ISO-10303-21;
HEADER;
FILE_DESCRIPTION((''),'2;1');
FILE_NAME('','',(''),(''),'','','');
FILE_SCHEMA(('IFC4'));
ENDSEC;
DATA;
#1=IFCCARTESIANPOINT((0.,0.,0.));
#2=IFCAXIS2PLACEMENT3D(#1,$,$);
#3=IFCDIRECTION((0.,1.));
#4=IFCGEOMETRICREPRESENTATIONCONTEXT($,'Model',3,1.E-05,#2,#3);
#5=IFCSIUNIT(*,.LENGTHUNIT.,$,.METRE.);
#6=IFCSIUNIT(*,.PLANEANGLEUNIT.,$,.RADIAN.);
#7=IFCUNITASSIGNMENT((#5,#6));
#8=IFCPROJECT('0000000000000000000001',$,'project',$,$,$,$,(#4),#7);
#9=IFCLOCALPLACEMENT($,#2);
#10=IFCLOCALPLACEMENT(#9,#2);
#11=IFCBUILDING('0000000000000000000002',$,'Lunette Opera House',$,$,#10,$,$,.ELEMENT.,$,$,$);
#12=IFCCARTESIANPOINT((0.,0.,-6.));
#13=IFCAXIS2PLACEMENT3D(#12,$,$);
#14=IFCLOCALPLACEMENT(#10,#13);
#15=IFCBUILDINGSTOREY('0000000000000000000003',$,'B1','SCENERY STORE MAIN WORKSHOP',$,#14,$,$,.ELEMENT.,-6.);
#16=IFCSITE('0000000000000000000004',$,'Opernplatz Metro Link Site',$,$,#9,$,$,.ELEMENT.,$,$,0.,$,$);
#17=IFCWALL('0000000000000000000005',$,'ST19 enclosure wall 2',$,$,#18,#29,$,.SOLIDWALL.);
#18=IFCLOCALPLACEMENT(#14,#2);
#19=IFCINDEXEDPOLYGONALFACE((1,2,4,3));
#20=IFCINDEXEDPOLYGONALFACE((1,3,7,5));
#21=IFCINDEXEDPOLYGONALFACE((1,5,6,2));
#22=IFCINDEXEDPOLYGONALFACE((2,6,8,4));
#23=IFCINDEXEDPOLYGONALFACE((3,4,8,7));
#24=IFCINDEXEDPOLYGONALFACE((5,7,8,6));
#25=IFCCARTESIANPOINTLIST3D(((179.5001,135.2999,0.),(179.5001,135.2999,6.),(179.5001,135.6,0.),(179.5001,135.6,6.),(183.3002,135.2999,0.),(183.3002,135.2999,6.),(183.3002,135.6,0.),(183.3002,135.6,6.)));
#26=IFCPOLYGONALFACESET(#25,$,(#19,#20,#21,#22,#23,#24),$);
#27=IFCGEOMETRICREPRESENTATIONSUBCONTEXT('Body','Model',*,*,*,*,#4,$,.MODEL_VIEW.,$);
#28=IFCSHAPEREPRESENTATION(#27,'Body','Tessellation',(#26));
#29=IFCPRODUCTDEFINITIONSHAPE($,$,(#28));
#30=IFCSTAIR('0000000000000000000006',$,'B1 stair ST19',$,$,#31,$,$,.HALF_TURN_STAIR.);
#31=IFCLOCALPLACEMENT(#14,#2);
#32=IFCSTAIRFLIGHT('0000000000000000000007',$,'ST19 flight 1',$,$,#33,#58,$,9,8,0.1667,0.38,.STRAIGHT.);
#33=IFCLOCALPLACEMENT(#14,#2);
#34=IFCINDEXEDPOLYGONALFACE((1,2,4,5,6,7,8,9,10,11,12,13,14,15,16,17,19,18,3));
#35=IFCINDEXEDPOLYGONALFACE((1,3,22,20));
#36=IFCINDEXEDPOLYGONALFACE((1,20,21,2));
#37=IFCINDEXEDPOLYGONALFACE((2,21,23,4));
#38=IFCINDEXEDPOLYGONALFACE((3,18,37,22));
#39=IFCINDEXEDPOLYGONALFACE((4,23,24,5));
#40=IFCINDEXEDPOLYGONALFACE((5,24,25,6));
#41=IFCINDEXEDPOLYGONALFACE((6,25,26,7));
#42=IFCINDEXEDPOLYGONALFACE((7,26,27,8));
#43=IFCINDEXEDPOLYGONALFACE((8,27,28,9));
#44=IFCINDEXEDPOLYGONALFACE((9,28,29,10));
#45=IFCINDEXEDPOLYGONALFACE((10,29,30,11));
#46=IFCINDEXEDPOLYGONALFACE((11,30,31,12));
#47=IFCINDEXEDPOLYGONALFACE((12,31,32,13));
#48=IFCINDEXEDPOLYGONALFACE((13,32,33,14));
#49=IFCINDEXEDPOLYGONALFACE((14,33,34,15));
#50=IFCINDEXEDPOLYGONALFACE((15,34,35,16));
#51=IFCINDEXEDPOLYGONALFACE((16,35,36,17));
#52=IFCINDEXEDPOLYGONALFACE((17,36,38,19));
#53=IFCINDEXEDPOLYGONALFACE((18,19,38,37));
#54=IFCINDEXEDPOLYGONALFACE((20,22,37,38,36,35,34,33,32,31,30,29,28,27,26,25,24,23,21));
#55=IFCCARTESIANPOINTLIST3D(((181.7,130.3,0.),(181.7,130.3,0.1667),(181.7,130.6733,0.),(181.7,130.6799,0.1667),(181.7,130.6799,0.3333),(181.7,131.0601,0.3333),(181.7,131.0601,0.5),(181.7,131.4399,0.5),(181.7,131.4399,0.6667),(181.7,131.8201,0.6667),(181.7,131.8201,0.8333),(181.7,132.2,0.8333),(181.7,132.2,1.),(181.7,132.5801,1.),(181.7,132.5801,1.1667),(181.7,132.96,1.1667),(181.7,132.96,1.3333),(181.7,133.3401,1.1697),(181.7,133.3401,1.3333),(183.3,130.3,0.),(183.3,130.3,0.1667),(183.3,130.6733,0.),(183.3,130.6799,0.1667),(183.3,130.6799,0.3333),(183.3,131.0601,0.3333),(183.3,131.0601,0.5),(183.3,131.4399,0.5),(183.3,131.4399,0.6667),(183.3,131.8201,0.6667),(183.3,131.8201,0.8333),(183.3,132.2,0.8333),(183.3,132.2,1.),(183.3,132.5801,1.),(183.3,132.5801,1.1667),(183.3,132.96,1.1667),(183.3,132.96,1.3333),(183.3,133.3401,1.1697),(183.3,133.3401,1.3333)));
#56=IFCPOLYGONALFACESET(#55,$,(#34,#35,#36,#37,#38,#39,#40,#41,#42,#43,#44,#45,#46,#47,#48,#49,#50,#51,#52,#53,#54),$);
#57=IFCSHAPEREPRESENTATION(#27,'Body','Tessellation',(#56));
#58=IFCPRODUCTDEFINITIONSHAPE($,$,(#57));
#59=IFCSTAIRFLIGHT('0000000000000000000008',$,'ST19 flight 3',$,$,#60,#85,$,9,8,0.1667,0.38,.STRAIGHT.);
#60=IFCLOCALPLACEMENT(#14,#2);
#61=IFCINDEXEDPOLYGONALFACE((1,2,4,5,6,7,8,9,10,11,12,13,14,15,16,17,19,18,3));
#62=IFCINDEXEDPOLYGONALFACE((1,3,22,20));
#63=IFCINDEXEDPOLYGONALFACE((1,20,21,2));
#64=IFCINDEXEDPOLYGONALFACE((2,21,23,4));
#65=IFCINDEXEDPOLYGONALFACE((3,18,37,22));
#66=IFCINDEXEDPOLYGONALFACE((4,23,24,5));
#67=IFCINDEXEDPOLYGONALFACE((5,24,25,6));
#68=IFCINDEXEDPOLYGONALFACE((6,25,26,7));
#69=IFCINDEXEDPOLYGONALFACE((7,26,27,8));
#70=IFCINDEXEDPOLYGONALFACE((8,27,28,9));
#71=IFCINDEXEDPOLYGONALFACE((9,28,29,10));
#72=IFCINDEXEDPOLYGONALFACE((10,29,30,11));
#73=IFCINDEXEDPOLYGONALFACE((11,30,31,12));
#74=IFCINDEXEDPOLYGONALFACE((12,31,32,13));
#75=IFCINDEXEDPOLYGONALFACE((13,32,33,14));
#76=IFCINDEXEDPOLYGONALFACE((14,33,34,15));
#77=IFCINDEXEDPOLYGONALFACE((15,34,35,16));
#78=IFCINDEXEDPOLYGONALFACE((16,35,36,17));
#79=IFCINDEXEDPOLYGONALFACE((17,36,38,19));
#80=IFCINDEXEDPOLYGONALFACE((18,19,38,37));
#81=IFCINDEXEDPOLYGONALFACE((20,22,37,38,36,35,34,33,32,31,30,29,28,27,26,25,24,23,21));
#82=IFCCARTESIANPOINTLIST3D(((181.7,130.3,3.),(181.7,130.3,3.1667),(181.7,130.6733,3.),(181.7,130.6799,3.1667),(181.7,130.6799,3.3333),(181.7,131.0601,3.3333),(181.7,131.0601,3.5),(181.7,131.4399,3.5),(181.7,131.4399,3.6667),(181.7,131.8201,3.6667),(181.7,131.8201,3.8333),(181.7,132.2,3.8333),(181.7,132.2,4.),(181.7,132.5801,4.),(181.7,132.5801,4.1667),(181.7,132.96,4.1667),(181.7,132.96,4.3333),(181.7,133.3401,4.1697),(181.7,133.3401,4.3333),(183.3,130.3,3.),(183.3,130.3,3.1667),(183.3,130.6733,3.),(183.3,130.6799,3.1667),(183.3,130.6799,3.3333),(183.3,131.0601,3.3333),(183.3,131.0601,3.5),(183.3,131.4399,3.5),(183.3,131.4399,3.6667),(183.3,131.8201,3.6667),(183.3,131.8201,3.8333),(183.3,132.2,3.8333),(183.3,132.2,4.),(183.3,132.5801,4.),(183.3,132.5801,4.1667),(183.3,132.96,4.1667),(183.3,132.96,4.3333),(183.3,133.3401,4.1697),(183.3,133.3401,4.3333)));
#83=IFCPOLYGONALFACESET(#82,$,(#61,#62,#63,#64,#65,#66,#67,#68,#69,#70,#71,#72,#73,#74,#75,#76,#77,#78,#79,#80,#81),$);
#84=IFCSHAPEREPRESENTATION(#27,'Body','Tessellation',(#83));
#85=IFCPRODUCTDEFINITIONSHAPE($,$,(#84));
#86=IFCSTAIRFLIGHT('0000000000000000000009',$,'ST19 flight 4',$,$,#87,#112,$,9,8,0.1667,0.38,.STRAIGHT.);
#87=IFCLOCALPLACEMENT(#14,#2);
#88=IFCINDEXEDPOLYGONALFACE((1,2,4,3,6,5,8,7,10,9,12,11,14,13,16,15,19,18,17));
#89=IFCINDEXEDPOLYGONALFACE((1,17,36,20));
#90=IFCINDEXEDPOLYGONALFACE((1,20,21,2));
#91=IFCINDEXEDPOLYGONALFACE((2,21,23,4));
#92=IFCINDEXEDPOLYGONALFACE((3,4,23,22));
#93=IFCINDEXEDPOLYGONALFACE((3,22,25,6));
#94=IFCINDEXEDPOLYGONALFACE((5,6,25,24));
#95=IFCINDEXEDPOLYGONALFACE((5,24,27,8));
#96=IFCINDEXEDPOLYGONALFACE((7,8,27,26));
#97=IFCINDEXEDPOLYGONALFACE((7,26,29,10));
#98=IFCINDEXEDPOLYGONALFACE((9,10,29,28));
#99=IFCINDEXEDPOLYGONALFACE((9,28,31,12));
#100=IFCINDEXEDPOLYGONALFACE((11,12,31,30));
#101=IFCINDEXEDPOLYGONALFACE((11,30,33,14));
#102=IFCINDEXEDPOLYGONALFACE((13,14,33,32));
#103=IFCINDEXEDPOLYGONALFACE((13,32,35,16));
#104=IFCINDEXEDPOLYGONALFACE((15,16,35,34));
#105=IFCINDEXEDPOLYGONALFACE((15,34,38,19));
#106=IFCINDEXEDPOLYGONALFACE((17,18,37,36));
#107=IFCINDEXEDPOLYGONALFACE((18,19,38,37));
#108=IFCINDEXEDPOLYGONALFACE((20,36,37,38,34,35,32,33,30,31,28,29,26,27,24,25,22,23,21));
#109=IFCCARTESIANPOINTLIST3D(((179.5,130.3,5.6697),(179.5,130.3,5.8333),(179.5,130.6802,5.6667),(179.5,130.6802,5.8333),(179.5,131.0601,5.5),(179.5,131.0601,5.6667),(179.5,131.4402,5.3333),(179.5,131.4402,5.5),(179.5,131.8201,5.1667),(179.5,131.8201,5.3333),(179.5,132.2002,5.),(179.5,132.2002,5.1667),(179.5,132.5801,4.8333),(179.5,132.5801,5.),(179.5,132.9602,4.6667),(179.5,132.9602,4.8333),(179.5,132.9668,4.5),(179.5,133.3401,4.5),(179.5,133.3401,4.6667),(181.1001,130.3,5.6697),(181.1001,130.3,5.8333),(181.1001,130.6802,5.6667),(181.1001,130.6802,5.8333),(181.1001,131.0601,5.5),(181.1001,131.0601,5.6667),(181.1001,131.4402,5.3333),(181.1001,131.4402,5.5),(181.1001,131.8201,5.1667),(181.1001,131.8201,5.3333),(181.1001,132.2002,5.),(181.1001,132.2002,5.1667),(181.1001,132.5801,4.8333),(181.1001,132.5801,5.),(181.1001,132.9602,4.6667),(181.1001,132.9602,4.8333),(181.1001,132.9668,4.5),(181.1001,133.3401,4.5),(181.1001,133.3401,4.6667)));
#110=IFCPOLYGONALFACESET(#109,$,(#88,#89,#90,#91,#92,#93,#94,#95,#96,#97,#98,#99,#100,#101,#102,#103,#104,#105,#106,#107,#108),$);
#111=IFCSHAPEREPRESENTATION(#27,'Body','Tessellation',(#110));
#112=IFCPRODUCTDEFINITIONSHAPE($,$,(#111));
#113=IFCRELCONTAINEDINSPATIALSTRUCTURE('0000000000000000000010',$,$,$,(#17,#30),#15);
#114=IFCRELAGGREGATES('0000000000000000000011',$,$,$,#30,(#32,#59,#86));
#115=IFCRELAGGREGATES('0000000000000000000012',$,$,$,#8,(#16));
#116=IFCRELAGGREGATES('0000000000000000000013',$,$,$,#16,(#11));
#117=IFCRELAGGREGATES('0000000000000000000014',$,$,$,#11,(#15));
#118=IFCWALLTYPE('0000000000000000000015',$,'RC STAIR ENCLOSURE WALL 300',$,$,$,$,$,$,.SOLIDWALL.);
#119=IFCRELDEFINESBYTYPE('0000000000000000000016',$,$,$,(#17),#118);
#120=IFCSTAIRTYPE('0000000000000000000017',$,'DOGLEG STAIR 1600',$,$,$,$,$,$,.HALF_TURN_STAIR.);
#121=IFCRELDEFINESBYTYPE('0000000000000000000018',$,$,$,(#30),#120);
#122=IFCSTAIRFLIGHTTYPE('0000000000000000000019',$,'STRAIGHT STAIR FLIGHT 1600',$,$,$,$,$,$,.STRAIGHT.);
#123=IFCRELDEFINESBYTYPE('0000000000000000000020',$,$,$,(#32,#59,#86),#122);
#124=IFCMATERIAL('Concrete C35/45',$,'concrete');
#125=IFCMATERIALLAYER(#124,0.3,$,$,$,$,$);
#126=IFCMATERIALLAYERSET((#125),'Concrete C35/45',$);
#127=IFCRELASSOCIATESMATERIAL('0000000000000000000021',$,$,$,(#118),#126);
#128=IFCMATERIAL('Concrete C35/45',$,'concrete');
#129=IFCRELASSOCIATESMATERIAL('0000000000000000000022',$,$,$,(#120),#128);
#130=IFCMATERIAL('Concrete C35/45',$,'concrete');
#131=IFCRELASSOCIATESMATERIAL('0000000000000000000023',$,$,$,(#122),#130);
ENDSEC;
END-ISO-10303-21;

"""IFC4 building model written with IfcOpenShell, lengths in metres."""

from ifc_helpers import new_model, si_unit, direction, frame, frame_2d, origin, place, context, subcontext, project, spatial, polyline, rectangle, outline, extrude, material, layer, layer_set, type_object, element, aggregate, save


model = new_model("IFC4")

# Units and contexts
model_context = context("Model", 3, precision=1e-05, world=origin(), true_north=direction((0.0, 1.0)))
body_context = subcontext(model_context, "Body", "Model", "MODEL_VIEW")
ifc_project = project(units=[si_unit("LENGTHUNIT", "METRE"), si_unit("PLANEANGLEUNIT", "RADIAN")], contexts=[model_context])

# Site, building, storey
site_placement = place(None, origin())
site = spatial("IfcSite", under=ifc_project, at=site_placement, Name="Opernplatz Metro Link Site", CompositionType="ELEMENT", RefElevation=0.0)
building_placement = place(site_placement, origin())
building = spatial("IfcBuilding", under=site, at=building_placement, Name="Lunette Opera House", CompositionType="ELEMENT")
storey_placement = place(building_placement, frame((0.0, 0.0, -6.0)))
storey = spatial("IfcBuildingStorey", under=building, at=storey_placement, Name="B1", Description="SCENERY STORE MAIN WORKSHOP", CompositionType="ELEMENT", Elevation=-6.0)

# Wall
ifc_material_1 = material(Name="Concrete C35/45", Category="concrete")
ifc_layer = layer(ifc_material_1, 0.3)
ifc_layer_set = layer_set([ifc_layer], Name="Concrete C35/45")
wall_type = type_object("IfcWallType", Name="RC STAIR ENCLOSURE WALL 300", PredefinedType="SOLIDWALL", material=ifc_layer_set)
wall_1_placement = place(storey_placement, frame((183.3, 135.45, 0.0), z_axis=(0.0, 0.0, 1.0), x_axis=(-1.0, 0.0, 0.0)))
element("IfcWall", 1, at=wall_1_placement, inside=storey, type_object=wall_type, Name="ST19 enclosure wall 2", PredefinedType="SOLIDWALL", context=body_context, shape_type="SweptSolid", body=[
    extrude(rectangle(XDim=3.8, YDim=0.3, at=frame_2d((1.8999, 0.0))), origin(), (0.0, 0.0, 1.0), 6.0),
])

# Stair, stair flights
ifc_material_2 = material(Name="Concrete C35/45", Category="concrete")
stair_type = type_object("IfcStairType", Name="DOGLEG STAIR 1600", PredefinedType="HALF_TURN_STAIR", material=ifc_material_2)
stair_placement = place(storey_placement, origin())
stair = element("IfcStair", 2, at=stair_placement, inside=storey, type_object=stair_type, Name="B1 stair ST19", PredefinedType="HALF_TURN_STAIR")
ifc_material_3 = material(Name="Concrete C35/45", Category="concrete")
stair_flight_type = type_object("IfcStairFlightType", Name="STRAIGHT STAIR FLIGHT 1600", PredefinedType="STRAIGHT", material=ifc_material_3)
stair_flight_1_placement = place(storey_placement, frame((182.5, 130.3, 0.0), z_axis=(0.0, 0.0, 1.0), x_axis=(0.0, 1.0, 0.0)))
stair_flight_1 = element("IfcStairFlight", 3, at=stair_flight_1_placement, type_object=stair_flight_type, Name="ST19 flight 1", NumberOfRisers=9, NumberOfTreads=8, PredefinedType="STRAIGHT", RiserHeight=0.1667, TreadLength=0.38, context=body_context, shape_type="SweptSolid", body=[
    extrude(outline(polyline([(0.0, 0.0), (0.0, 0.1667), (0.3799, 0.1667), (0.3799, 0.3333), (0.76, 0.3333), (0.76, 0.5), (1.1399, 0.5), (1.1399, 0.6667), (1.52, 0.6667), (1.52, 0.8333), (1.8999, 0.8333), (1.8999, 1.0), (2.28, 1.0), (2.28, 1.1667), (2.6599, 1.1667), (2.6599, 1.3333), (3.04, 1.3333), (3.04, 1.5), (3.04, 1.1697), (0.3733, 0.0), (0.0, 0.0)])), frame((0.0, 0.8, 0.0), z_axis=(0.0, -1.0, 0.0), x_axis=(1.0, 0.0, 0.0)), (0.0, 0.0, 1.0), 1.6001),
])
stair_flight_2_placement = place(storey_placement, frame((182.5, 130.3, 3.0), z_axis=(0.0, 0.0, 1.0), x_axis=(0.0, 1.0, 0.0)))
stair_flight_2 = element("IfcStairFlight", 4, at=stair_flight_2_placement, type_object=stair_flight_type, Name="ST19 flight 3", NumberOfRisers=9, NumberOfTreads=8, PredefinedType="STRAIGHT", RiserHeight=0.1667, TreadLength=0.38, context=body_context, shape_type="SweptSolid", body=[
    extrude(outline(polyline([(0.0, 0.0), (0.0, 0.1667), (0.3799, 0.1667), (0.3799, 0.3333), (0.76, 0.3333), (0.76, 0.5), (1.1399, 0.5), (1.1399, 0.6667), (1.52, 0.6667), (1.52, 0.8333), (1.8999, 0.8333), (1.8999, 1.0), (2.28, 1.0), (2.28, 1.1667), (2.6599, 1.1667), (2.6599, 1.3333), (3.04, 1.3333), (3.04, 1.5), (3.04, 1.1697), (0.3733, 0.0), (0.0, 0.0)])), frame((0.0, 0.8, 0.0), z_axis=(0.0, -1.0, 0.0), x_axis=(1.0, 0.0, 0.0)), (0.0, 0.0, 1.0), 1.6001),
])
stair_flight_3_placement = place(storey_placement, frame((180.3, 133.3401, 4.5), z_axis=(0.0, 0.0, 1.0), x_axis=(0.0, -1.0, 0.0)))
stair_flight_3 = element("IfcStairFlight", 5, at=stair_flight_3_placement, type_object=stair_flight_type, Name="ST19 flight 4", NumberOfRisers=9, NumberOfTreads=8, PredefinedType="STRAIGHT", RiserHeight=0.1667, TreadLength=0.38, context=body_context, shape_type="SweptSolid", body=[
    extrude(outline(polyline([(0.0, 0.0), (0.0, 0.1667), (0.3799, 0.1667), (0.3799, 0.3333), (0.76, 0.3333), (0.76, 0.5), (1.1399, 0.5), (1.1399, 0.6667), (1.52, 0.6667), (1.52, 0.8333), (1.8999, 0.8333), (1.8999, 1.0), (2.28, 1.0), (2.28, 1.1667), (2.6599, 1.1667), (2.6599, 1.3333), (3.04, 1.3333), (3.04, 1.5), (3.04, 1.1697), (0.3733, 0.0), (0.0, 0.0)])), frame((0.0, 0.8, 0.0), z_axis=(0.0, -1.0, 0.0), x_axis=(1.0, 0.0, 0.0)), (0.0, 0.0, 1.0), 1.6001),
])
aggregate(stair, [stair_flight_1, stair_flight_2, stair_flight_3])

save(model, "model.ifc")
